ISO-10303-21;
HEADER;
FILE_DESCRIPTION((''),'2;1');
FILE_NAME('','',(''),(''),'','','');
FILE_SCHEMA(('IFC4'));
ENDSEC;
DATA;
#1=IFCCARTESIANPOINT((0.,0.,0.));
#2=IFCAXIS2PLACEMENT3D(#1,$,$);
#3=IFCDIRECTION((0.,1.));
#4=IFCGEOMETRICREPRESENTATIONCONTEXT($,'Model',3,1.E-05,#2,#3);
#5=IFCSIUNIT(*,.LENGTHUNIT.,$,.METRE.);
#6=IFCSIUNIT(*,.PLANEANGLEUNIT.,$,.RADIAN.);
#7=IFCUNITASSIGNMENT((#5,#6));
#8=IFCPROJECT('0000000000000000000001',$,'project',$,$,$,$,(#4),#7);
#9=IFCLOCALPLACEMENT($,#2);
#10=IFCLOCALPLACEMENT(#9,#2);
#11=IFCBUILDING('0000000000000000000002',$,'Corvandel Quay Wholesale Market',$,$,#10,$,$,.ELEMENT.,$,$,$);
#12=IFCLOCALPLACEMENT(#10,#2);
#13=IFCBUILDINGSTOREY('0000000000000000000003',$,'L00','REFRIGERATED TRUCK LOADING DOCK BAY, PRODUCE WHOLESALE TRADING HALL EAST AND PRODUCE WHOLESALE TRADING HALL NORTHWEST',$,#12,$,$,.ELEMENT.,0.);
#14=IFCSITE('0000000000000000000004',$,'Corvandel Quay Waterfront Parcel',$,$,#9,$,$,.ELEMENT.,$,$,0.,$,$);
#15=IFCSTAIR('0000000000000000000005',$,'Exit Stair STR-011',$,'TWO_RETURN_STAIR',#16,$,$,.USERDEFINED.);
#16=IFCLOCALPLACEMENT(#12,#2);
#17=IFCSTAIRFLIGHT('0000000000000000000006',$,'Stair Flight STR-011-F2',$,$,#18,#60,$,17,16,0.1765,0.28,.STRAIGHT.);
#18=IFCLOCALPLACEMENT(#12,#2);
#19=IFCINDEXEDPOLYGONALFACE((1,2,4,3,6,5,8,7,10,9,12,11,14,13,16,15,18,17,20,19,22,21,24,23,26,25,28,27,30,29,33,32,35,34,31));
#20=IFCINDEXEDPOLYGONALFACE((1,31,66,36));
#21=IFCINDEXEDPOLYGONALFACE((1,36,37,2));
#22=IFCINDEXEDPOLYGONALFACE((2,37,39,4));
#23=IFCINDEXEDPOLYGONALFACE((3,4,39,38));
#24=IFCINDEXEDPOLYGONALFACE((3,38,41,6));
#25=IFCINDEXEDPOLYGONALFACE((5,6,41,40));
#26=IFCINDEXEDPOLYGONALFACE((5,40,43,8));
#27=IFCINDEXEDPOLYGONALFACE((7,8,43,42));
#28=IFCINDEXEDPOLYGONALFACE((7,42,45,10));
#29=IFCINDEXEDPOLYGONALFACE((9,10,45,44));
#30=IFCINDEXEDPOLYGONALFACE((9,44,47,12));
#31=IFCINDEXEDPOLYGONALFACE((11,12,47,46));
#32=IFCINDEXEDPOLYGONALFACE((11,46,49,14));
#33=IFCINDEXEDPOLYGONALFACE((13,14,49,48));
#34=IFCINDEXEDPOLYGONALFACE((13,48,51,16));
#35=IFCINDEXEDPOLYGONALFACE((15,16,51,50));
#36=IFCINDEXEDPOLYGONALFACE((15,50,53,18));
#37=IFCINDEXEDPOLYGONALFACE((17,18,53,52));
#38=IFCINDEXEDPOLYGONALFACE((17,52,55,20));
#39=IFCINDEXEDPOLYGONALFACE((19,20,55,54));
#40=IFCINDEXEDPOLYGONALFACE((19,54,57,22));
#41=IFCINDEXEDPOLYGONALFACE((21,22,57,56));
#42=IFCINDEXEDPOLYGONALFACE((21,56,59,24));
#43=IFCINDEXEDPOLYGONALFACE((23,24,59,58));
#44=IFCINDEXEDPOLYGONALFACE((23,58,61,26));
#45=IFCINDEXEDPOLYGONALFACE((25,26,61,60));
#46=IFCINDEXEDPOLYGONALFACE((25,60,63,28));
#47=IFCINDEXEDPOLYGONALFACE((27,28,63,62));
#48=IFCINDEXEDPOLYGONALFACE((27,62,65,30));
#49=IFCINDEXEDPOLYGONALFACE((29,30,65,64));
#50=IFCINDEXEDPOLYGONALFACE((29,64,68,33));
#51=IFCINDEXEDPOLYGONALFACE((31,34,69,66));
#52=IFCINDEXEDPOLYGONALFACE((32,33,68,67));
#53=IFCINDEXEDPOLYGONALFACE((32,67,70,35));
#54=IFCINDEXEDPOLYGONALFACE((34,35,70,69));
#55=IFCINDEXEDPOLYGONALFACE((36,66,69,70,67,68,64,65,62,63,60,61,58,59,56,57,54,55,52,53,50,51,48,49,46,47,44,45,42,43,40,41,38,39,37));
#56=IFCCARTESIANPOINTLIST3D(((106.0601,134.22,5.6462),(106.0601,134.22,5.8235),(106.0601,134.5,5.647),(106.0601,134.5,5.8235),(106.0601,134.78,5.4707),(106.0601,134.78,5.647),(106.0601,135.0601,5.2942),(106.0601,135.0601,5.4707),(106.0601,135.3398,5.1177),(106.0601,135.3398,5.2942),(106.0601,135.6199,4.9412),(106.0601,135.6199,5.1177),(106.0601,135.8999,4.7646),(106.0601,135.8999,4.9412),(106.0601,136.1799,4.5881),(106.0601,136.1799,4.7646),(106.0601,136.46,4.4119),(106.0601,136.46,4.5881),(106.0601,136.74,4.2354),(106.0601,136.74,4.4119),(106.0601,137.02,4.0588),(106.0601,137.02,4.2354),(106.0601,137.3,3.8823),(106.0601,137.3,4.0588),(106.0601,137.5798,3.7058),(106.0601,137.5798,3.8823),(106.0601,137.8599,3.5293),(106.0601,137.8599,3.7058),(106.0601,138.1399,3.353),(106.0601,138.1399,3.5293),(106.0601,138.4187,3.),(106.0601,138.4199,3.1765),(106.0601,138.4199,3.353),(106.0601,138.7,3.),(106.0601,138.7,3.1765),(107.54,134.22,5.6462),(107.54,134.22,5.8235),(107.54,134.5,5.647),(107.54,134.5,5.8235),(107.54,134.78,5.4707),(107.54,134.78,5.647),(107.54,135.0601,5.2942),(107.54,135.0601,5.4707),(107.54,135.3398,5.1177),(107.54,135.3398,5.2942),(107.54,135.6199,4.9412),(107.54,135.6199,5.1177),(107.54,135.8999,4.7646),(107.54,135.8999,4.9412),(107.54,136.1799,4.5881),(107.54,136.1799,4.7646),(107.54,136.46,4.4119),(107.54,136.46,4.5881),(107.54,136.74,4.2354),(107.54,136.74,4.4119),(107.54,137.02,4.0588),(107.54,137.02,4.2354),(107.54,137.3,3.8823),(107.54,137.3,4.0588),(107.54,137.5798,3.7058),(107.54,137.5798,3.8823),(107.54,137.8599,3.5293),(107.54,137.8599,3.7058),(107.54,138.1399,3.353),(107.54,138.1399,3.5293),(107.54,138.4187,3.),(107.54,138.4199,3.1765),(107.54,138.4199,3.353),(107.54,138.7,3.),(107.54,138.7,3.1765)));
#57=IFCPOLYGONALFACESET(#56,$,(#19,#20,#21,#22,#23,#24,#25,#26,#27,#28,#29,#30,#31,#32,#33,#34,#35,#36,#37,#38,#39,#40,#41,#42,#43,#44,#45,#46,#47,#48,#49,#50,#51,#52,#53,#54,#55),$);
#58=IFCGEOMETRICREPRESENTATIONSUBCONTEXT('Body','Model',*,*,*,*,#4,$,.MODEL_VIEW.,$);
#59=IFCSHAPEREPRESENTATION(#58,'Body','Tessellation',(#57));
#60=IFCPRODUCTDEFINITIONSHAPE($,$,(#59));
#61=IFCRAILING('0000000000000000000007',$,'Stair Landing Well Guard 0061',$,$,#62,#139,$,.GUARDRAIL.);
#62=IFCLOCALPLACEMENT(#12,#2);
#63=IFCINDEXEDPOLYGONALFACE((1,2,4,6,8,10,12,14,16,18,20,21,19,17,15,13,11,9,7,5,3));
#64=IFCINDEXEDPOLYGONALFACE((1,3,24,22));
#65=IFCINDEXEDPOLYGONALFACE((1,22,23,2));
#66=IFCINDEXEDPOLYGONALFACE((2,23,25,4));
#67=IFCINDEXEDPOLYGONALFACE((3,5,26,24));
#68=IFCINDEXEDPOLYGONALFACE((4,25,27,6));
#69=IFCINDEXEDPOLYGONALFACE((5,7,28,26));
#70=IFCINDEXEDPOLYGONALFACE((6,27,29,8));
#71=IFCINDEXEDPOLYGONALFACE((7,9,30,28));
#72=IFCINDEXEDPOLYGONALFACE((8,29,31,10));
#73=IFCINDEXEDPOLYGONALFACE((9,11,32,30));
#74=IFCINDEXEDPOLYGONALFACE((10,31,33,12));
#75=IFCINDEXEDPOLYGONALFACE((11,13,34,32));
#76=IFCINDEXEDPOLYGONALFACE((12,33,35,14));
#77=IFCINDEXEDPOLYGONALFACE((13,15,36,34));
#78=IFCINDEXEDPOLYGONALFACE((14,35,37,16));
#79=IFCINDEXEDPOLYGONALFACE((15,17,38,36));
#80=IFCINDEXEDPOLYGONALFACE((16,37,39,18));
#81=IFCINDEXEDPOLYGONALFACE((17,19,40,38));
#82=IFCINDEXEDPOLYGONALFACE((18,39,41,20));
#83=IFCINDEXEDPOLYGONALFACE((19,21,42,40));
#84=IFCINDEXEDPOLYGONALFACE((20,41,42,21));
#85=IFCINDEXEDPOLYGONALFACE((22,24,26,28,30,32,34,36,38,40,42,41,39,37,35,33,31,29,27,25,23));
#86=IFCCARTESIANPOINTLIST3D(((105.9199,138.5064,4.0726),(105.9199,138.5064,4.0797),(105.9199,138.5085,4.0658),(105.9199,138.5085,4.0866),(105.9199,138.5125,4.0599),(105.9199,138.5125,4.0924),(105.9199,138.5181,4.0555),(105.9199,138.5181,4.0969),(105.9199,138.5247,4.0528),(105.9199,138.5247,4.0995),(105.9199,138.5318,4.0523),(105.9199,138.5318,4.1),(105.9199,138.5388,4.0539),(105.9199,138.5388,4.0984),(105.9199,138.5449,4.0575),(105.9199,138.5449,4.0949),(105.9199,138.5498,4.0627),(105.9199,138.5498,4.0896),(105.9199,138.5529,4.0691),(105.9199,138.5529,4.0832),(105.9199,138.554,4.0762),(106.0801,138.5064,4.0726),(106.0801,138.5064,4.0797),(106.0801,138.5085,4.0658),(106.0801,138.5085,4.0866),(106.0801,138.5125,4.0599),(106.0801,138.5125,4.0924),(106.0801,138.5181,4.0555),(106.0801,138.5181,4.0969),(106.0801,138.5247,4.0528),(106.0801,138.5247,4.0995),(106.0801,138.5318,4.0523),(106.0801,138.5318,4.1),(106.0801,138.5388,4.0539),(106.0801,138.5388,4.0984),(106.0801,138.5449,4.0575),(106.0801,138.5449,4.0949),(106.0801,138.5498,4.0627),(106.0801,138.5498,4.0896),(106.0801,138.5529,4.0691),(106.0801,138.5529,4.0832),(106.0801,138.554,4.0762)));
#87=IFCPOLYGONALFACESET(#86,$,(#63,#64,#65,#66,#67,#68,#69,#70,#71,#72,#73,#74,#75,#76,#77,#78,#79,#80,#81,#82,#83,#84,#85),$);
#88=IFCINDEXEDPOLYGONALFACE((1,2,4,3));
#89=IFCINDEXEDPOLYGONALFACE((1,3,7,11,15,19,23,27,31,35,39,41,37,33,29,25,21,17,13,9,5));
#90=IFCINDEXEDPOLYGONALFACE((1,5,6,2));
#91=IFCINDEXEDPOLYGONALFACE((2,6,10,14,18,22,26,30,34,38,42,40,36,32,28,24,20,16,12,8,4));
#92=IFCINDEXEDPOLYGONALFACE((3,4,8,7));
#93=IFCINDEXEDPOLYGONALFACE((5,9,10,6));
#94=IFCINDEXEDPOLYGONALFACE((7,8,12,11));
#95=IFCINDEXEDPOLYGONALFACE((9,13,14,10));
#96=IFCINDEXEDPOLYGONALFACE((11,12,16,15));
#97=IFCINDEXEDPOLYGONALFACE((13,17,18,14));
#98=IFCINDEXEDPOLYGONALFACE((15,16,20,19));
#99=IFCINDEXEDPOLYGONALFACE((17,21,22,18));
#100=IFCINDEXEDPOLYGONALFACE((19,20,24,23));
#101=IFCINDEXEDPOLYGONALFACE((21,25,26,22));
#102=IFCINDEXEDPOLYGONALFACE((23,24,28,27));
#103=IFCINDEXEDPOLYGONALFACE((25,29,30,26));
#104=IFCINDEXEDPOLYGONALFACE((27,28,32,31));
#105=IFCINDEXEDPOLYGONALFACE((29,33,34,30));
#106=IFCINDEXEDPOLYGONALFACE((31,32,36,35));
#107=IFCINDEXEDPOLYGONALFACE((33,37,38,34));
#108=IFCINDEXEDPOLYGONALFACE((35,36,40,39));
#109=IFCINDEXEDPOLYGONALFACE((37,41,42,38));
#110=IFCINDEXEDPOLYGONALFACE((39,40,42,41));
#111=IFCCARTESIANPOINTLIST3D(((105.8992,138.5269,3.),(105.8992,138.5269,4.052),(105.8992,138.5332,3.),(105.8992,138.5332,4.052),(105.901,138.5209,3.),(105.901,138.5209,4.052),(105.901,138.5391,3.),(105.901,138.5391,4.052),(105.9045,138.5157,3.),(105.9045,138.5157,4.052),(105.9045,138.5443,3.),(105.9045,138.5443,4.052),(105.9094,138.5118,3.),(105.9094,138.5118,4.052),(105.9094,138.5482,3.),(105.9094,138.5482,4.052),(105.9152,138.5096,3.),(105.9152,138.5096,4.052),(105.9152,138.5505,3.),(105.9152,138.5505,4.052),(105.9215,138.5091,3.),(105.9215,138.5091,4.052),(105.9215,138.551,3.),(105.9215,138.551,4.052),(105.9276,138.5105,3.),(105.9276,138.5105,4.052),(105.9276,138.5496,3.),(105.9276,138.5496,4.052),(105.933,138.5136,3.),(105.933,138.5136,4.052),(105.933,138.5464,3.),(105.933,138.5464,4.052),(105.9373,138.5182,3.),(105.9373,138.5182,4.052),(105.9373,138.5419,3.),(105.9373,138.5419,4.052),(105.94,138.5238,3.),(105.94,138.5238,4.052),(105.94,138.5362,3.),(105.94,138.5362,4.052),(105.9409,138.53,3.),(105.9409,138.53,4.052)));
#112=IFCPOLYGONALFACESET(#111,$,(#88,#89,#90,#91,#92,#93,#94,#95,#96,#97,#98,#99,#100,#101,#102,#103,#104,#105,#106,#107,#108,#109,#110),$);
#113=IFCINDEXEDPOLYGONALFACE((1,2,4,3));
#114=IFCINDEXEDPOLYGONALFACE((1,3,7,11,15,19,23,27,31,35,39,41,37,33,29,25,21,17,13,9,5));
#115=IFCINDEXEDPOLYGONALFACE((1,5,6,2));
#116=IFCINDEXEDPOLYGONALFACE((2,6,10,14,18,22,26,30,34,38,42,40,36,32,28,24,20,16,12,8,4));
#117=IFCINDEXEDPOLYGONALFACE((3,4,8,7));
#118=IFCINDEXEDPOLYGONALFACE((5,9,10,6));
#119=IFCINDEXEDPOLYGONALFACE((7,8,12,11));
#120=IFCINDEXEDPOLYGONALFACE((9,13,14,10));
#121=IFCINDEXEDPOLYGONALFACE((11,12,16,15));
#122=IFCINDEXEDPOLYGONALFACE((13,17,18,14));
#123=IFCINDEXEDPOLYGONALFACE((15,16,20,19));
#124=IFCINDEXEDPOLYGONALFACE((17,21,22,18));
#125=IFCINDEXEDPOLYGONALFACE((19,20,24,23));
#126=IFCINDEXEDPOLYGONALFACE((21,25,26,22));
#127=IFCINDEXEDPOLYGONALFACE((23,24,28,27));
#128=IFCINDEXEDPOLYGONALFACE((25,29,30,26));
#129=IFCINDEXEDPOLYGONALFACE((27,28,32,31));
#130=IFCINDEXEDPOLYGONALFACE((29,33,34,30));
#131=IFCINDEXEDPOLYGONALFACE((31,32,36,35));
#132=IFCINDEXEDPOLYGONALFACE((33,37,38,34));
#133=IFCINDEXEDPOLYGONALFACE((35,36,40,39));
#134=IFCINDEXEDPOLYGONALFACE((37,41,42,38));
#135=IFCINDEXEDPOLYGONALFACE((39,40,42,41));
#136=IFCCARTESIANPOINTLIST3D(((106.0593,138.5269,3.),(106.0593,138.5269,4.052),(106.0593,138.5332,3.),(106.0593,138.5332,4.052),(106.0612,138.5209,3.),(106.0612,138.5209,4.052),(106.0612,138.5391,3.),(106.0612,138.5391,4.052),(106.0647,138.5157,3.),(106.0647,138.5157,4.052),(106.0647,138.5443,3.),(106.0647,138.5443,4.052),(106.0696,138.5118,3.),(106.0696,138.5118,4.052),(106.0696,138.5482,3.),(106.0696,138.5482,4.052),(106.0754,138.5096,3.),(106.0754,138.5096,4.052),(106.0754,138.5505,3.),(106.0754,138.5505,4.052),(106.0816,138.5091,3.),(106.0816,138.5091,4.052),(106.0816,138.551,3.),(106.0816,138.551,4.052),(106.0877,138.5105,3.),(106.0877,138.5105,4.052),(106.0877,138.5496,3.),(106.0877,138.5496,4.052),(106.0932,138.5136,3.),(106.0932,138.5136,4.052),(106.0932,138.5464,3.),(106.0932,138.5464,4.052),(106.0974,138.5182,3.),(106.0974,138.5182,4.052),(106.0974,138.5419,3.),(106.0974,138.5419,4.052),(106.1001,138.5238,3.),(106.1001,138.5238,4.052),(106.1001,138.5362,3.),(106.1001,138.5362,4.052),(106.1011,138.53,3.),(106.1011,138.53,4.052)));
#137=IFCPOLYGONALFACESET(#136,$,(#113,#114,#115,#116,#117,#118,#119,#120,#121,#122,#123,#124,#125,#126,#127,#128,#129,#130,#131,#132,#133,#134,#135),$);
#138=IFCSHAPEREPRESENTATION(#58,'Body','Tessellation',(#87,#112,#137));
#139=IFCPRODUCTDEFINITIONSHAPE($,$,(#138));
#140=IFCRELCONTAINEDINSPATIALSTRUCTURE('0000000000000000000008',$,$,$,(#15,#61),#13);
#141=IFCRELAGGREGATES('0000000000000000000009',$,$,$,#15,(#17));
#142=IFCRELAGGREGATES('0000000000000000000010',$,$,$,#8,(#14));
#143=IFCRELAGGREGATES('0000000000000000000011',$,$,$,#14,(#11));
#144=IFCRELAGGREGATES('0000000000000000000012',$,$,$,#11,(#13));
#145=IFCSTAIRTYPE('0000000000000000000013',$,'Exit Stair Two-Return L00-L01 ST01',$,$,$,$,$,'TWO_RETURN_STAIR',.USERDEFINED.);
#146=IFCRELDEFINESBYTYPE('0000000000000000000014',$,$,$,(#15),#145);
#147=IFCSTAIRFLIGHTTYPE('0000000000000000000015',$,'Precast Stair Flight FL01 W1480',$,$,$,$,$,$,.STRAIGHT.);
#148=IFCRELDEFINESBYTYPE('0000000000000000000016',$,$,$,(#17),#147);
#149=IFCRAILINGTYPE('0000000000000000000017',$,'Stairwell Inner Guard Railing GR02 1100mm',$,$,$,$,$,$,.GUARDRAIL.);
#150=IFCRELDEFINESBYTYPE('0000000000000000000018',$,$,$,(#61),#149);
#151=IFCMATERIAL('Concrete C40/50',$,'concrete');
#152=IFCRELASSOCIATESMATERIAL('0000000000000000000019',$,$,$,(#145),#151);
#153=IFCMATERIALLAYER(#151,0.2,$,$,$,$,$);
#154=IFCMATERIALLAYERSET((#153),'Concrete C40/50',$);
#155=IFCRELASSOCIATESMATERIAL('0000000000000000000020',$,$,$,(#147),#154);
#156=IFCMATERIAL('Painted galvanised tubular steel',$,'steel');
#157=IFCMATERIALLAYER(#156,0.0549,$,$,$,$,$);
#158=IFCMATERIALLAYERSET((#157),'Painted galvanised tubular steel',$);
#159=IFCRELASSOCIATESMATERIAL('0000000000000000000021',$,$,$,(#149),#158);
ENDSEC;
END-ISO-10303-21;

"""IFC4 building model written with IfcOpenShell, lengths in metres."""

from ifc_helpers import new_model, si_unit, direction, frame, origin, origin_2d, place, context, subcontext, project, spatial, polyline, circle, outline, extrude, material, layer, layer_set, type_object, element, aggregate, save


model = new_model("IFC4")

# Units and contexts
model_context = context("Model", 3, precision=1e-05, world=origin(), true_north=direction((0.0, 1.0)))
body_context = subcontext(model_context, "Body", "Model", "MODEL_VIEW")
ifc_project = project(units=[si_unit("LENGTHUNIT", "METRE"), si_unit("PLANEANGLEUNIT", "RADIAN")], contexts=[model_context])

# Site, building, storey
site_placement = place(None, origin())
site = spatial("IfcSite", under=ifc_project, at=site_placement, Name="Corvandel Quay Waterfront Parcel", CompositionType="ELEMENT", RefElevation=0.0)
building_placement = place(site_placement, origin())
building = spatial("IfcBuilding", under=site, at=building_placement, Name="Corvandel Quay Wholesale Market", CompositionType="ELEMENT")
storey_placement = place(building_placement, origin())
storey = spatial("IfcBuildingStorey", under=building, at=storey_placement, Name="L00", Description="REFRIGERATED TRUCK LOADING DOCK BAY, PRODUCE WHOLESALE TRADING HALL EAST AND PRODUCE WHOLESALE TRADING HALL NORTHWEST", CompositionType="ELEMENT", Elevation=0.0)

# Shared definitions
ifc_material_1 = material(Name="Concrete C40/50", Category="concrete")

# Stair, stair flight
stair_type = type_object("IfcStairType", Name="Exit Stair Two-Return L00-L01 ST01", ElementType="TWO_RETURN_STAIR", PredefinedType="USERDEFINED", material=ifc_material_1)
stair_placement = place(storey_placement, origin())
stair = element("IfcStair", 1, at=stair_placement, inside=storey, type_object=stair_type, Name="Exit Stair STR-011", ObjectType="TWO_RETURN_STAIR", PredefinedType="USERDEFINED")
ifc_layer_1 = layer(ifc_material_1, 0.2)
ifc_layer_set_1 = layer_set([ifc_layer_1], Name="Concrete C40/50")
stair_flight_type = type_object("IfcStairFlightType", Name="Precast Stair Flight FL01 W1480", PredefinedType="STRAIGHT", material=ifc_layer_set_1)
stair_flight_placement = place(storey_placement, frame((106.8, 138.7, 3.0), z_axis=(0.0, 0.0, 1.0), x_axis=(0.0, -1.0, 0.0)))
stair_flight = element("IfcStairFlight", 2, at=stair_flight_placement, type_object=stair_flight_type, Name="Stair Flight STR-011-F2", NumberOfRisers=17, NumberOfTreads=16, PredefinedType="STRAIGHT", RiserHeight=0.1765, TreadLength=0.28, context=body_context, shape_type="SweptSolid", body=[
    extrude(outline(polyline([(0.0, 0.0), (0.0, 0.1765), (0.28, 0.1765), (0.28, 0.353), (0.5601, 0.353), (0.5601, 0.5293), (0.8401, 0.5293), (0.8401, 0.7058), (1.1201, 0.7058), (1.1201, 0.8823), (1.3999, 0.8823), (1.3999, 1.0588), (1.6799, 1.0588), (1.6799, 1.2354), (1.96, 1.2354), (1.96, 1.4119), (2.24, 1.4119), (2.24, 1.5881), (2.52, 1.5881), (2.52, 1.7646), (2.8, 1.7646), (2.8, 1.9412), (3.0801, 1.9412), (3.0801, 2.1177), (3.3601, 2.1177), (3.3601, 2.2942), (3.6399, 2.2942), (3.6399, 2.4707), (3.9199, 2.4707), (3.9199, 2.647), (4.2, 2.647), (4.2, 2.8235), (4.48, 2.8235), (4.48, 3.0), (4.48, 2.6462), (0.2812, 0.0), (0.0, 0.0)])), frame((0.0, 0.74, 0.0), z_axis=(0.0, -1.0, 0.0), x_axis=(1.0, 0.0, 0.0)), (0.0, 0.0, 1.0), 1.48),
])
aggregate(stair, [stair_flight])

# Railing
ifc_material_2 = material(Name="Painted galvanised tubular steel", Category="steel")
ifc_layer_2 = layer(ifc_material_2, 0.0549)
ifc_layer_set_2 = layer_set([ifc_layer_2], Name="Painted galvanised tubular steel")
railing_type_1 = type_object("IfcRailingType", Name="Stairwell Inner Guard Railing GR02 1100mm", PredefinedType="GUARDRAIL", material=ifc_layer_set_2)
railing_placement = place(storey_placement, frame((105.9199, 138.53, 3.0)))
element("IfcRailing", 3, at=railing_placement, inside=storey, type_object=railing_type_1, Name="Stair Landing Well Guard 0061", PredefinedType="GUARDRAIL", context=body_context, shape_type="SweptSolid", body=[
    extrude(circle(Radius=0.0239, at=origin_2d()), frame((0.0, 0.0, 1.0762), z_axis=(1.0, 0.0, 0.0), x_axis=(0.0, 1.0, 0.0)), (0.0, 0.0, 1.0), 0.1602),
    extrude(circle(Radius=0.021, at=origin_2d()), origin(), (0.0, 0.0, 1.0), 1.052),
    extrude(circle(Radius=0.021, at=origin_2d()), frame((0.1602, 0.0, 0.0)), (0.0, 0.0, 1.0), 1.052),
])

save(model, "model.ifc")
